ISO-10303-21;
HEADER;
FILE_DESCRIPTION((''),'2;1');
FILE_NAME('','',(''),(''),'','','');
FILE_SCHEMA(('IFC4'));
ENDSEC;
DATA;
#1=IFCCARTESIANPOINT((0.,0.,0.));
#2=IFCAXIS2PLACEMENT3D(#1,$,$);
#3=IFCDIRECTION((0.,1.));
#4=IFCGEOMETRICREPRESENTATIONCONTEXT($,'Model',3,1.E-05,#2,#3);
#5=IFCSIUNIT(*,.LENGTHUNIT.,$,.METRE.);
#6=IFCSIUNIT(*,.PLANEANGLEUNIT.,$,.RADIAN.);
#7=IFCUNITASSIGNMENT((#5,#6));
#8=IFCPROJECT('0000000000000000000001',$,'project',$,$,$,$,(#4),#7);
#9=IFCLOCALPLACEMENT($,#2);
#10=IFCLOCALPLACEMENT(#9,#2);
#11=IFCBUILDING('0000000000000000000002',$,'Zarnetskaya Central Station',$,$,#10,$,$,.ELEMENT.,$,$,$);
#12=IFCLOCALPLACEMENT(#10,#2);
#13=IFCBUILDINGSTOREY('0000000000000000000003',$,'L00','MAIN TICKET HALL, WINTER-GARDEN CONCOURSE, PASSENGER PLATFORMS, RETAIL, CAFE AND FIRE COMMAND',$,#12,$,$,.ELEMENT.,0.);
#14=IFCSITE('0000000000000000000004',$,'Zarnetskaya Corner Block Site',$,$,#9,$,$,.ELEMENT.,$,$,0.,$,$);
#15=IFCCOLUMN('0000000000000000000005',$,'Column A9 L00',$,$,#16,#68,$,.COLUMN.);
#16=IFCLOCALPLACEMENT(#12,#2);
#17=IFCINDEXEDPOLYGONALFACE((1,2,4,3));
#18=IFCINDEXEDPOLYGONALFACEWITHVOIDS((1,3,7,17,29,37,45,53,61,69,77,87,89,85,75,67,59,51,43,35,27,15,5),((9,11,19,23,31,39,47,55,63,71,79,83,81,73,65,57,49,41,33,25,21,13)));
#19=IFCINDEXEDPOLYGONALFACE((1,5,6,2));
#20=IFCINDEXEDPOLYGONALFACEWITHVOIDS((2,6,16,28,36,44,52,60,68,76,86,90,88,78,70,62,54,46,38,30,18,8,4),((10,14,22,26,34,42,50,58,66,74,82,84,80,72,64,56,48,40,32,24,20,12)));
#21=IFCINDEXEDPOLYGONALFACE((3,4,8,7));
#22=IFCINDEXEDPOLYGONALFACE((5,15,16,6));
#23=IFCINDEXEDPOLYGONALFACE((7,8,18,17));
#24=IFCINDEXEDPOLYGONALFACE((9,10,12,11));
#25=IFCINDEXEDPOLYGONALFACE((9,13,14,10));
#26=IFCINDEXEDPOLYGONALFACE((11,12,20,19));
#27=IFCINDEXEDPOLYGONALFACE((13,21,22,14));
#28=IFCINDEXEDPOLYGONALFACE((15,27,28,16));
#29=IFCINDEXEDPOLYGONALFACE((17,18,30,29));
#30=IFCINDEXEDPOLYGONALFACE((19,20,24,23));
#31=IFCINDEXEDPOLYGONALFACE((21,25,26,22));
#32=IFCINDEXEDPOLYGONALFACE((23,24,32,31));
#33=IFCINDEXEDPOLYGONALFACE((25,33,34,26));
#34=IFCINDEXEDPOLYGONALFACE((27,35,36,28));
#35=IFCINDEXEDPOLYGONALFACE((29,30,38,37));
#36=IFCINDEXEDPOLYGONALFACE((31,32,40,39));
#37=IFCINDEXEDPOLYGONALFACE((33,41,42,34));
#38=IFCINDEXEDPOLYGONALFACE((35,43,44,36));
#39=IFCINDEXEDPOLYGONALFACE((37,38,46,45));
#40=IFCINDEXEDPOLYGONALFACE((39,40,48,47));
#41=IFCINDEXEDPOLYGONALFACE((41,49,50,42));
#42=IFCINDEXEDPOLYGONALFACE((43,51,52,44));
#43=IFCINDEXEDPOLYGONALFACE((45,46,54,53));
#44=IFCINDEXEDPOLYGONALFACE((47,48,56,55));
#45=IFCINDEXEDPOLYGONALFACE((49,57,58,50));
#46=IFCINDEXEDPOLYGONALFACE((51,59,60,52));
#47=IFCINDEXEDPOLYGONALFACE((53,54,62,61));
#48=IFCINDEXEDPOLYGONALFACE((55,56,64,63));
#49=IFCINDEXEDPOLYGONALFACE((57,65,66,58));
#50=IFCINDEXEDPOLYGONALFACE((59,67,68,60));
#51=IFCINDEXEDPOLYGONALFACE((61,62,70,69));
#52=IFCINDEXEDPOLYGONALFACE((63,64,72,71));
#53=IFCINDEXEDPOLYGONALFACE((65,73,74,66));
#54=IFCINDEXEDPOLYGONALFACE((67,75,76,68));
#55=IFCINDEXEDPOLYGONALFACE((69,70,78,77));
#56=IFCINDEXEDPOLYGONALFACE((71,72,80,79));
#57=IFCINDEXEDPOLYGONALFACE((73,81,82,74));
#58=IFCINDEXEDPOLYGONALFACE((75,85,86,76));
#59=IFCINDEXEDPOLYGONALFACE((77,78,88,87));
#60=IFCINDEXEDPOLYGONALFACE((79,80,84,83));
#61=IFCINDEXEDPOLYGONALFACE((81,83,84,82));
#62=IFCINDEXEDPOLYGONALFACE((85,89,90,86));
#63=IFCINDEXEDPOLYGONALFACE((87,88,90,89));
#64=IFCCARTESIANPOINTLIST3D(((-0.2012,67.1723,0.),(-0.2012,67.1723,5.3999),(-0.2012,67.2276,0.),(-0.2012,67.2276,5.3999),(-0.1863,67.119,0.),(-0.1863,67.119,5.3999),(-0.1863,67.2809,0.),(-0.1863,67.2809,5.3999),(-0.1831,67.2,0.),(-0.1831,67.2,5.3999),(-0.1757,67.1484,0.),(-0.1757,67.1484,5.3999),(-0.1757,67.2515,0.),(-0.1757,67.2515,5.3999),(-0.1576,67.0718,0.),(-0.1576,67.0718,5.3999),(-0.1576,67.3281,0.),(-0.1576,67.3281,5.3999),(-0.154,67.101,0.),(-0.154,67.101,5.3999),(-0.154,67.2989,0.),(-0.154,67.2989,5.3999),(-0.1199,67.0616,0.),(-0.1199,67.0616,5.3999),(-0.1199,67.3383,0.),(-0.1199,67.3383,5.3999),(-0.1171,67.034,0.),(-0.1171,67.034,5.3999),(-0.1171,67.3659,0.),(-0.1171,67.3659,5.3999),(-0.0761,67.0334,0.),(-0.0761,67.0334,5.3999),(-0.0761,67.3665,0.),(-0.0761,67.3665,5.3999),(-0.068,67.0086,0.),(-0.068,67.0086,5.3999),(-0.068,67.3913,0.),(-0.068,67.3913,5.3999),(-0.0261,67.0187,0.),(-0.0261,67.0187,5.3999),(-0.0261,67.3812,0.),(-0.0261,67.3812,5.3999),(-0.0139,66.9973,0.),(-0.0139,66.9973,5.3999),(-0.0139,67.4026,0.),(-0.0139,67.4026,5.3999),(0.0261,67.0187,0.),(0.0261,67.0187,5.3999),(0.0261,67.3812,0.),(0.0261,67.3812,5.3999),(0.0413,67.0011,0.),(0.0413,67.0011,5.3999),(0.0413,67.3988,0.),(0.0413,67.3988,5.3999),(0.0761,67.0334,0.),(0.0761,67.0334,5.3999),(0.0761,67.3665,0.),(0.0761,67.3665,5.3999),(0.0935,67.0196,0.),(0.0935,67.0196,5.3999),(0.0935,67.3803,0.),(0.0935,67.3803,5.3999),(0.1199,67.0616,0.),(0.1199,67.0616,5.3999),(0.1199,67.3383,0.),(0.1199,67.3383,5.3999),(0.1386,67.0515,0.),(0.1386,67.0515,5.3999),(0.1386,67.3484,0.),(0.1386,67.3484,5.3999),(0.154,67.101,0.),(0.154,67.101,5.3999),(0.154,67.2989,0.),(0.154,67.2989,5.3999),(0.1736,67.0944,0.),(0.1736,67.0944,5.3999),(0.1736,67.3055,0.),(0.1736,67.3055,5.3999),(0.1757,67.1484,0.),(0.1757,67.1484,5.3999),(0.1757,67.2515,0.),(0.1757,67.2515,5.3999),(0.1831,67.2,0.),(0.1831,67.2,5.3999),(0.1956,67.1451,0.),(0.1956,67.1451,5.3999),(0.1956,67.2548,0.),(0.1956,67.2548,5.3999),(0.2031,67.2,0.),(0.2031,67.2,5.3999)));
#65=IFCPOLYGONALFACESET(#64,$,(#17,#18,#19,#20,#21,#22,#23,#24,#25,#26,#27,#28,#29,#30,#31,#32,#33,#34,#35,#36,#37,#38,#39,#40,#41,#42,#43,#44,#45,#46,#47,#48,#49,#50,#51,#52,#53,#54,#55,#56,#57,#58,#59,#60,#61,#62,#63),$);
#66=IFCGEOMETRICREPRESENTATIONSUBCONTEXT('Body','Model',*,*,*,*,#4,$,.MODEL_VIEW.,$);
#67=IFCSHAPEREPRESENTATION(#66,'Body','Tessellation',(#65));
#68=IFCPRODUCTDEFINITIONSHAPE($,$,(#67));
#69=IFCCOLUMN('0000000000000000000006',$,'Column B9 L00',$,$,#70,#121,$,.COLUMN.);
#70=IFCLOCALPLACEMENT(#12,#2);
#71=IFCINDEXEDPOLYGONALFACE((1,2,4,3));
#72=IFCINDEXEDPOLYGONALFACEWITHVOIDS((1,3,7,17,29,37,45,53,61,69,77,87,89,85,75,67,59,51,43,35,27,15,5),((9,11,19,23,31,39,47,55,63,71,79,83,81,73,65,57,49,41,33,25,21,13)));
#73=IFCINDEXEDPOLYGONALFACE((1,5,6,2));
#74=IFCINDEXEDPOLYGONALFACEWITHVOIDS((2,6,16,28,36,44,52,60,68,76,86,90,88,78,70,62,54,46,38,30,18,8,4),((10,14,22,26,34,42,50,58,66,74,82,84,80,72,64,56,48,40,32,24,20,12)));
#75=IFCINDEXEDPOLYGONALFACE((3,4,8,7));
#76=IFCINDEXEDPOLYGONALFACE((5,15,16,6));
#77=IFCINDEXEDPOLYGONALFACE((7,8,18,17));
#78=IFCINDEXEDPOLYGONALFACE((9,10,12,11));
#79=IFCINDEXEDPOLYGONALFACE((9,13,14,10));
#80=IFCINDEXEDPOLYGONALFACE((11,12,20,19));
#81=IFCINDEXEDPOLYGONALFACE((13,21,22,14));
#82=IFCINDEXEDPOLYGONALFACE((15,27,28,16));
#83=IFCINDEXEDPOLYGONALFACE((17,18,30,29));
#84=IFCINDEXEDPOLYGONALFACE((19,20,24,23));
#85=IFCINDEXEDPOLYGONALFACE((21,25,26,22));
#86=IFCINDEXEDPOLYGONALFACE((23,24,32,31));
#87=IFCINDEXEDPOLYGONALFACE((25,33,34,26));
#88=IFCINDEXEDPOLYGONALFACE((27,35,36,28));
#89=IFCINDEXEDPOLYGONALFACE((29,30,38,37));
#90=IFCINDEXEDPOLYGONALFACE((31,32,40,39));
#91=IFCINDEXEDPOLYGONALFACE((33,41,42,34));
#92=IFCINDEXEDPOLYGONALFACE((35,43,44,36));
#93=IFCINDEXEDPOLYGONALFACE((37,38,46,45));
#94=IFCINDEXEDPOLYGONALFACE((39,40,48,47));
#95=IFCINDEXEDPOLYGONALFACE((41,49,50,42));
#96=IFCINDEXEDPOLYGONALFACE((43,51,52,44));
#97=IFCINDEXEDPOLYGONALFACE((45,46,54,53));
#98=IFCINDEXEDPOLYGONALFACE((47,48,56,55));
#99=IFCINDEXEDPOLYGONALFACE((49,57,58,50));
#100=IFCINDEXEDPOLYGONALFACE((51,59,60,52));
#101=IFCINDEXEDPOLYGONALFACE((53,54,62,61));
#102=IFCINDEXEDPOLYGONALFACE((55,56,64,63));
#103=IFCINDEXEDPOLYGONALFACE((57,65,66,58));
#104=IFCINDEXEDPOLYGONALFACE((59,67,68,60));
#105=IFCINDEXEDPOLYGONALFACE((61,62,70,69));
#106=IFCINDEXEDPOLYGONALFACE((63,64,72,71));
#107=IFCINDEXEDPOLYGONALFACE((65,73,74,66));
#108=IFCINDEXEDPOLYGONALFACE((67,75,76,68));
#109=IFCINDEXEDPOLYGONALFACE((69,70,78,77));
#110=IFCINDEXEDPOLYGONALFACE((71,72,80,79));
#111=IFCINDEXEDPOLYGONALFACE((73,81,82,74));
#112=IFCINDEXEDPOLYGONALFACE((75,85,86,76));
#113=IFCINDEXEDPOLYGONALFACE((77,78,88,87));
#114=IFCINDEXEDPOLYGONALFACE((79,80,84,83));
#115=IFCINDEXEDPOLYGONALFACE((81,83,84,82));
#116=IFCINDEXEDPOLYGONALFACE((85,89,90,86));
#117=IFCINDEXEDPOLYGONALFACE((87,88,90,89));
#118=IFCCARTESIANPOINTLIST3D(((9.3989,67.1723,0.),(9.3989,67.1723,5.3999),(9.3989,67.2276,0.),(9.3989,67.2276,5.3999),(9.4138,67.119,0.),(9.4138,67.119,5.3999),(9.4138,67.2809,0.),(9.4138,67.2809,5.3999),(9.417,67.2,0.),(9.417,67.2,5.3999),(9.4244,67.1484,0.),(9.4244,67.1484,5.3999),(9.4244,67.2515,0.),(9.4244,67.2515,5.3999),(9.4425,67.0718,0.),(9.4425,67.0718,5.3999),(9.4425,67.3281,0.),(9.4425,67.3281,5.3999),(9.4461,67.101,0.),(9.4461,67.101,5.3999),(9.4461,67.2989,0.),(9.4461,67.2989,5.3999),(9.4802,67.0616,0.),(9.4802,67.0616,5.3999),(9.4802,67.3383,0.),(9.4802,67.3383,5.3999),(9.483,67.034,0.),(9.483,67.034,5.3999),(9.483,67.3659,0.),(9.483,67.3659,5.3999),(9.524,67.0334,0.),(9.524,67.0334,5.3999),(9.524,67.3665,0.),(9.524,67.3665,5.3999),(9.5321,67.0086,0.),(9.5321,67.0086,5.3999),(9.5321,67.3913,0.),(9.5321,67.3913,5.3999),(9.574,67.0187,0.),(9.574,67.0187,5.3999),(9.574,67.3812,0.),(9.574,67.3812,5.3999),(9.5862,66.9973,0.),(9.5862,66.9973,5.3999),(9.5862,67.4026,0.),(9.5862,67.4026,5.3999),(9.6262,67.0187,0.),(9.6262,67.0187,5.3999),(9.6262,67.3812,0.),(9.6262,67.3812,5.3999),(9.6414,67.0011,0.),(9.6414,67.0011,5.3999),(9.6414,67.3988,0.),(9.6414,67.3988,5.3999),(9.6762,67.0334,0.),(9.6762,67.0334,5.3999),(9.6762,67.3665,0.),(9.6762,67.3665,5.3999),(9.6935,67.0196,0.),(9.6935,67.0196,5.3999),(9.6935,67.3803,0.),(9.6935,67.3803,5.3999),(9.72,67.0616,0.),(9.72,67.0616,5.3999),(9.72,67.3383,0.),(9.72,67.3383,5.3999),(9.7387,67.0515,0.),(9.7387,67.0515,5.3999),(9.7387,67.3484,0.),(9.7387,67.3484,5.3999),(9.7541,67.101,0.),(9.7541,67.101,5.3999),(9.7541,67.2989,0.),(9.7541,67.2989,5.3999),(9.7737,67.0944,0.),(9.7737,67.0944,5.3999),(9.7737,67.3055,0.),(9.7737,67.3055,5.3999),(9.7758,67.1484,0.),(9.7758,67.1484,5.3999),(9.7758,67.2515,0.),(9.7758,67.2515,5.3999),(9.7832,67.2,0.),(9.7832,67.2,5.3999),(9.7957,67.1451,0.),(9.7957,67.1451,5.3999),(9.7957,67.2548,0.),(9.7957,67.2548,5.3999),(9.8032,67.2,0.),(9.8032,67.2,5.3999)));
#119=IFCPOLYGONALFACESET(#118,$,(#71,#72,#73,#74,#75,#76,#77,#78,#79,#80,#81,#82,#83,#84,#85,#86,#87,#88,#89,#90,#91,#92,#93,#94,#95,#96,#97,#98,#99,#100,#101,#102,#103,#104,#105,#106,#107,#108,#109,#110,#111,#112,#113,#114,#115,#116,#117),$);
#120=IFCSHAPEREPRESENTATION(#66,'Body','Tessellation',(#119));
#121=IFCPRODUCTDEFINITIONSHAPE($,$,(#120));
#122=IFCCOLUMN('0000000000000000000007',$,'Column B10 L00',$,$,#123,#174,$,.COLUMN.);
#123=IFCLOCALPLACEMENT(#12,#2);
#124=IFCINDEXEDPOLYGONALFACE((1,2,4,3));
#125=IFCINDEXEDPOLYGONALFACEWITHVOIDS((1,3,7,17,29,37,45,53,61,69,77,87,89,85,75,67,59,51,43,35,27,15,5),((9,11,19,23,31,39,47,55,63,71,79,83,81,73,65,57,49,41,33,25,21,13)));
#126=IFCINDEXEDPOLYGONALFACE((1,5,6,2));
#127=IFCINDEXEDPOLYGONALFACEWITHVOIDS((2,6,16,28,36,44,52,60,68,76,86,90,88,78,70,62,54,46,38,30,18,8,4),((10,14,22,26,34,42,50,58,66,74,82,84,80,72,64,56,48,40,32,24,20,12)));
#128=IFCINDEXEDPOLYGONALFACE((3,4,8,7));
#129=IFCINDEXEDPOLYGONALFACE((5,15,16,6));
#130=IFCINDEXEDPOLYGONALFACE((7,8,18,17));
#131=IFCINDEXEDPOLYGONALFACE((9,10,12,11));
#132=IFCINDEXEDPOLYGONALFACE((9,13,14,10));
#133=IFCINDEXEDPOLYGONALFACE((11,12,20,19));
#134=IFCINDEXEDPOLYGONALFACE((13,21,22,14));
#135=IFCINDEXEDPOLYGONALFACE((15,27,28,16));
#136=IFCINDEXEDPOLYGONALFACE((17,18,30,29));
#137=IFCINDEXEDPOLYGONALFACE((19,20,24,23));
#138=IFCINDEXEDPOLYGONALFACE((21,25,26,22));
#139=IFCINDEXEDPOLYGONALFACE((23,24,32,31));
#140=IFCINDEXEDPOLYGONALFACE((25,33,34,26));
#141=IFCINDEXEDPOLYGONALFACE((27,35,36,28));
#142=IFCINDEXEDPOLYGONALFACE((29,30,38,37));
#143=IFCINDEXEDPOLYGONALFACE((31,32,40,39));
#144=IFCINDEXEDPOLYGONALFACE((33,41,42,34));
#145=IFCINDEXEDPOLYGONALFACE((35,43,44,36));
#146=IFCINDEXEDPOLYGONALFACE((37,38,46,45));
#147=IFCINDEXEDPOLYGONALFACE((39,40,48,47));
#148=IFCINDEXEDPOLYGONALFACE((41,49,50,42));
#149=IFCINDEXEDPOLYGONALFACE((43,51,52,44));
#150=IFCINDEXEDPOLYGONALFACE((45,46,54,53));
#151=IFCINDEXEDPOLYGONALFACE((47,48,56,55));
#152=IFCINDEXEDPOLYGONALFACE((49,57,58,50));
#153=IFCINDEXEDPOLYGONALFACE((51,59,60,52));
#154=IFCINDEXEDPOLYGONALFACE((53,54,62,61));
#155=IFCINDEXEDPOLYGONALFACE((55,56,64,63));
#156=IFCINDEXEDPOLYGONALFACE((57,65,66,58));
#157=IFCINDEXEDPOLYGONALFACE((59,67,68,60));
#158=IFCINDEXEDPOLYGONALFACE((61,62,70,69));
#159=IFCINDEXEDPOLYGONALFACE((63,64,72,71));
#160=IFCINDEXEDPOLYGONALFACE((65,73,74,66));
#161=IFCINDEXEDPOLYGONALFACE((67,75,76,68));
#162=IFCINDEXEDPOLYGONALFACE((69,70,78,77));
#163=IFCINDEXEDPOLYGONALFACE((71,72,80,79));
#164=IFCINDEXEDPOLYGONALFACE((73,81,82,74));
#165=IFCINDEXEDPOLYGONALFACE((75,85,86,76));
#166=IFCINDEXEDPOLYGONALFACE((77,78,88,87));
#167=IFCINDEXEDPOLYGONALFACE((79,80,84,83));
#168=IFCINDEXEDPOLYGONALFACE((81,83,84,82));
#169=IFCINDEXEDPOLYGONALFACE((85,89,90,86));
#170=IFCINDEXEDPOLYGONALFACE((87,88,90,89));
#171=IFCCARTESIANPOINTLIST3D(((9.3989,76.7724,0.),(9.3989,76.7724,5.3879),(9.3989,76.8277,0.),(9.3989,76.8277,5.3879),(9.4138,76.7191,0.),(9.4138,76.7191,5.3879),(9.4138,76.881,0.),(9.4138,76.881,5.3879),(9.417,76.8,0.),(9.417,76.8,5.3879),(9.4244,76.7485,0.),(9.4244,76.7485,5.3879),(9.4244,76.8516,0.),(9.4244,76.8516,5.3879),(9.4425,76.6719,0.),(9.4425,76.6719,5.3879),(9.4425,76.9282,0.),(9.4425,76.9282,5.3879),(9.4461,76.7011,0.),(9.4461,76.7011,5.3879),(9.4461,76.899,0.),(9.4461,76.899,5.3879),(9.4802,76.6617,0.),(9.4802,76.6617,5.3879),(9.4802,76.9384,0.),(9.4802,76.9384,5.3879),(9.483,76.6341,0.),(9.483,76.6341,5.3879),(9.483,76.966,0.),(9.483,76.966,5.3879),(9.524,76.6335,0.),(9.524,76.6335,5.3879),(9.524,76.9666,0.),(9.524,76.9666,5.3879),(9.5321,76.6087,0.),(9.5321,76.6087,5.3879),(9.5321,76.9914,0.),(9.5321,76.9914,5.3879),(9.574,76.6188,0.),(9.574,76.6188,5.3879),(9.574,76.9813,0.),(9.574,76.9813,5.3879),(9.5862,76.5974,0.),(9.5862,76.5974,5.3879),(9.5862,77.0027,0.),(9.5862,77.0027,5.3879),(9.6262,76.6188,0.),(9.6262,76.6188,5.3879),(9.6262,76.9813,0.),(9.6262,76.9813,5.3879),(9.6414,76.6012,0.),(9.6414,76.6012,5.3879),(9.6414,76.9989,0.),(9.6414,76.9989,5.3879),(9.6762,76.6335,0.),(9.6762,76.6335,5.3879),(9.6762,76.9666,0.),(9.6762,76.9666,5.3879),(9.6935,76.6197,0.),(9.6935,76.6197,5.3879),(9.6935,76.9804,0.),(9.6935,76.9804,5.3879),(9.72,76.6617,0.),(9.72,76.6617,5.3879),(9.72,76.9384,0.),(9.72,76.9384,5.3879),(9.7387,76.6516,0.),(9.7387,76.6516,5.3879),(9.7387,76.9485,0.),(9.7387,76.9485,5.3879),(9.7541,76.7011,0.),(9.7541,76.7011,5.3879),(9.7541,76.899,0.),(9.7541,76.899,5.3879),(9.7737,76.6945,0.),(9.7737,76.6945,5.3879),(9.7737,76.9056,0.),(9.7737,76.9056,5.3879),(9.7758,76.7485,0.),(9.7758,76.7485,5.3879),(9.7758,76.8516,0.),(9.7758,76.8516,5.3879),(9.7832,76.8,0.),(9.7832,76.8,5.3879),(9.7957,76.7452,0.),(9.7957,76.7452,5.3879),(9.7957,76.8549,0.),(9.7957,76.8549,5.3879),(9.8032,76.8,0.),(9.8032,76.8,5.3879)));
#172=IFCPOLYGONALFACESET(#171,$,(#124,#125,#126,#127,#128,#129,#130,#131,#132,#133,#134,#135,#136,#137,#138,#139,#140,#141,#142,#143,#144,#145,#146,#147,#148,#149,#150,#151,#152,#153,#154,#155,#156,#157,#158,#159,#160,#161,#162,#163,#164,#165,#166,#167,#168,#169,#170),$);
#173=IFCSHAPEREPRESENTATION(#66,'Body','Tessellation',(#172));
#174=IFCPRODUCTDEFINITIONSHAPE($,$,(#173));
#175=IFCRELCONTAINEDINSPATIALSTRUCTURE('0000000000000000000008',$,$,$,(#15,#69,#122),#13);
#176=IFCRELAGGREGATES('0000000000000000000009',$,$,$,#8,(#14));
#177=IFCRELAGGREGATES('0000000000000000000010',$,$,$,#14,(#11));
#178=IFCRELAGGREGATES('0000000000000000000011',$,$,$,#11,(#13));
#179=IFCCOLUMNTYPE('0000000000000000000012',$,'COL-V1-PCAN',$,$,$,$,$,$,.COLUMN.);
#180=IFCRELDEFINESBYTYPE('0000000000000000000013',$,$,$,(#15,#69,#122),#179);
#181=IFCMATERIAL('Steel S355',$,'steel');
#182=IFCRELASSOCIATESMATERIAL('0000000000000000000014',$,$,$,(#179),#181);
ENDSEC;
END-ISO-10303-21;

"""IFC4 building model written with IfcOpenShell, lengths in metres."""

from ifc_helpers import new_model, si_unit, direction, frame, origin, origin_2d, place, context, subcontext, project, spatial, hollow_circle, extrude, material, material_profile, profile_set, type_object, element, save


model = new_model("IFC4")

# Units and contexts
model_context = context("Model", 3, precision=1e-05, world=origin(), true_north=direction((0.0, 1.0)))
body_context = subcontext(model_context, "Body", "Model", "MODEL_VIEW")
ifc_project = project(units=[si_unit("LENGTHUNIT", "METRE"), si_unit("PLANEANGLEUNIT", "RADIAN")], contexts=[model_context])

# Site, building, storey
site_placement = place(None, origin())
site = spatial("IfcSite", under=ifc_project, at=site_placement, Name="Zarnetskaya Corner Block Site", CompositionType="ELEMENT", RefElevation=0.0)
building_placement = place(site_placement, origin())
building = spatial("IfcBuilding", under=site, at=building_placement, Name="Zarnetskaya Central Station", CompositionType="ELEMENT")
storey_placement = place(building_placement, origin())
storey = spatial("IfcBuildingStorey", under=building, at=storey_placement, Name="L00", Description="MAIN TICKET HALL, WINTER-GARDEN CONCOURSE, PASSENGER PLATFORMS, RETAIL, CAFE AND FIRE COMMAND", CompositionType="ELEMENT", Elevation=0.0)

# Columns
ifc_material_1 = material(Name="Steel S355", Category="steel")
ifc_material_profile_1 = material_profile(ifc_material_1, hollow_circle(Radius=0.2031, WallThickness=0.02, at=origin_2d()), Name="CHS 406.4x20")
ifc_profile_set_1 = profile_set([ifc_material_profile_1], Name="Steel S355")
column_type = type_object("IfcColumnType", Name="COL-V1-PCAN", PredefinedType="COLUMN", material=ifc_profile_set_1)
for number, where, z_axis, x_axis, name in (
    (1, (0.0, 67.2, 0.0), (0.0, 0.0, 1.0), (1.0, 0.0, 0.0), "Column A9 L00"),
    (2, (9.6001, 67.2, 0.0), (0.0, 0.0, 1.0), (1.0, 0.0, 0.0), "Column B9 L00"),
):
    element("IfcColumn", number, at=place(storey_placement, frame(where, z_axis=z_axis, x_axis=x_axis)), inside=storey, type_object=column_type, Name=name, PredefinedType="COLUMN", context=body_context, shape_type="SweptSolid", body=[
        extrude(hollow_circle(Radius=0.2031, WallThickness=0.02, at=origin_2d()), origin(), (0.0, 0.0, 1.0), 5.3999),
    ])
column_1_placement = place(storey_placement, frame((9.6001, 76.8, 0.0), z_axis=(0.0, 0.0, 1.0), x_axis=(1.0, 0.0, 0.0)))
element("IfcColumn", 3, at=column_1_placement, inside=storey, type_object=column_type, Name="Column B10 L00", PredefinedType="COLUMN", context=body_context, shape_type="SweptSolid", body=[
    extrude(hollow_circle(Radius=0.2031, WallThickness=0.02, at=origin_2d()), origin(), (0.0, 0.0, 1.0), 5.3879),
])

save(model, "model.ifc")
